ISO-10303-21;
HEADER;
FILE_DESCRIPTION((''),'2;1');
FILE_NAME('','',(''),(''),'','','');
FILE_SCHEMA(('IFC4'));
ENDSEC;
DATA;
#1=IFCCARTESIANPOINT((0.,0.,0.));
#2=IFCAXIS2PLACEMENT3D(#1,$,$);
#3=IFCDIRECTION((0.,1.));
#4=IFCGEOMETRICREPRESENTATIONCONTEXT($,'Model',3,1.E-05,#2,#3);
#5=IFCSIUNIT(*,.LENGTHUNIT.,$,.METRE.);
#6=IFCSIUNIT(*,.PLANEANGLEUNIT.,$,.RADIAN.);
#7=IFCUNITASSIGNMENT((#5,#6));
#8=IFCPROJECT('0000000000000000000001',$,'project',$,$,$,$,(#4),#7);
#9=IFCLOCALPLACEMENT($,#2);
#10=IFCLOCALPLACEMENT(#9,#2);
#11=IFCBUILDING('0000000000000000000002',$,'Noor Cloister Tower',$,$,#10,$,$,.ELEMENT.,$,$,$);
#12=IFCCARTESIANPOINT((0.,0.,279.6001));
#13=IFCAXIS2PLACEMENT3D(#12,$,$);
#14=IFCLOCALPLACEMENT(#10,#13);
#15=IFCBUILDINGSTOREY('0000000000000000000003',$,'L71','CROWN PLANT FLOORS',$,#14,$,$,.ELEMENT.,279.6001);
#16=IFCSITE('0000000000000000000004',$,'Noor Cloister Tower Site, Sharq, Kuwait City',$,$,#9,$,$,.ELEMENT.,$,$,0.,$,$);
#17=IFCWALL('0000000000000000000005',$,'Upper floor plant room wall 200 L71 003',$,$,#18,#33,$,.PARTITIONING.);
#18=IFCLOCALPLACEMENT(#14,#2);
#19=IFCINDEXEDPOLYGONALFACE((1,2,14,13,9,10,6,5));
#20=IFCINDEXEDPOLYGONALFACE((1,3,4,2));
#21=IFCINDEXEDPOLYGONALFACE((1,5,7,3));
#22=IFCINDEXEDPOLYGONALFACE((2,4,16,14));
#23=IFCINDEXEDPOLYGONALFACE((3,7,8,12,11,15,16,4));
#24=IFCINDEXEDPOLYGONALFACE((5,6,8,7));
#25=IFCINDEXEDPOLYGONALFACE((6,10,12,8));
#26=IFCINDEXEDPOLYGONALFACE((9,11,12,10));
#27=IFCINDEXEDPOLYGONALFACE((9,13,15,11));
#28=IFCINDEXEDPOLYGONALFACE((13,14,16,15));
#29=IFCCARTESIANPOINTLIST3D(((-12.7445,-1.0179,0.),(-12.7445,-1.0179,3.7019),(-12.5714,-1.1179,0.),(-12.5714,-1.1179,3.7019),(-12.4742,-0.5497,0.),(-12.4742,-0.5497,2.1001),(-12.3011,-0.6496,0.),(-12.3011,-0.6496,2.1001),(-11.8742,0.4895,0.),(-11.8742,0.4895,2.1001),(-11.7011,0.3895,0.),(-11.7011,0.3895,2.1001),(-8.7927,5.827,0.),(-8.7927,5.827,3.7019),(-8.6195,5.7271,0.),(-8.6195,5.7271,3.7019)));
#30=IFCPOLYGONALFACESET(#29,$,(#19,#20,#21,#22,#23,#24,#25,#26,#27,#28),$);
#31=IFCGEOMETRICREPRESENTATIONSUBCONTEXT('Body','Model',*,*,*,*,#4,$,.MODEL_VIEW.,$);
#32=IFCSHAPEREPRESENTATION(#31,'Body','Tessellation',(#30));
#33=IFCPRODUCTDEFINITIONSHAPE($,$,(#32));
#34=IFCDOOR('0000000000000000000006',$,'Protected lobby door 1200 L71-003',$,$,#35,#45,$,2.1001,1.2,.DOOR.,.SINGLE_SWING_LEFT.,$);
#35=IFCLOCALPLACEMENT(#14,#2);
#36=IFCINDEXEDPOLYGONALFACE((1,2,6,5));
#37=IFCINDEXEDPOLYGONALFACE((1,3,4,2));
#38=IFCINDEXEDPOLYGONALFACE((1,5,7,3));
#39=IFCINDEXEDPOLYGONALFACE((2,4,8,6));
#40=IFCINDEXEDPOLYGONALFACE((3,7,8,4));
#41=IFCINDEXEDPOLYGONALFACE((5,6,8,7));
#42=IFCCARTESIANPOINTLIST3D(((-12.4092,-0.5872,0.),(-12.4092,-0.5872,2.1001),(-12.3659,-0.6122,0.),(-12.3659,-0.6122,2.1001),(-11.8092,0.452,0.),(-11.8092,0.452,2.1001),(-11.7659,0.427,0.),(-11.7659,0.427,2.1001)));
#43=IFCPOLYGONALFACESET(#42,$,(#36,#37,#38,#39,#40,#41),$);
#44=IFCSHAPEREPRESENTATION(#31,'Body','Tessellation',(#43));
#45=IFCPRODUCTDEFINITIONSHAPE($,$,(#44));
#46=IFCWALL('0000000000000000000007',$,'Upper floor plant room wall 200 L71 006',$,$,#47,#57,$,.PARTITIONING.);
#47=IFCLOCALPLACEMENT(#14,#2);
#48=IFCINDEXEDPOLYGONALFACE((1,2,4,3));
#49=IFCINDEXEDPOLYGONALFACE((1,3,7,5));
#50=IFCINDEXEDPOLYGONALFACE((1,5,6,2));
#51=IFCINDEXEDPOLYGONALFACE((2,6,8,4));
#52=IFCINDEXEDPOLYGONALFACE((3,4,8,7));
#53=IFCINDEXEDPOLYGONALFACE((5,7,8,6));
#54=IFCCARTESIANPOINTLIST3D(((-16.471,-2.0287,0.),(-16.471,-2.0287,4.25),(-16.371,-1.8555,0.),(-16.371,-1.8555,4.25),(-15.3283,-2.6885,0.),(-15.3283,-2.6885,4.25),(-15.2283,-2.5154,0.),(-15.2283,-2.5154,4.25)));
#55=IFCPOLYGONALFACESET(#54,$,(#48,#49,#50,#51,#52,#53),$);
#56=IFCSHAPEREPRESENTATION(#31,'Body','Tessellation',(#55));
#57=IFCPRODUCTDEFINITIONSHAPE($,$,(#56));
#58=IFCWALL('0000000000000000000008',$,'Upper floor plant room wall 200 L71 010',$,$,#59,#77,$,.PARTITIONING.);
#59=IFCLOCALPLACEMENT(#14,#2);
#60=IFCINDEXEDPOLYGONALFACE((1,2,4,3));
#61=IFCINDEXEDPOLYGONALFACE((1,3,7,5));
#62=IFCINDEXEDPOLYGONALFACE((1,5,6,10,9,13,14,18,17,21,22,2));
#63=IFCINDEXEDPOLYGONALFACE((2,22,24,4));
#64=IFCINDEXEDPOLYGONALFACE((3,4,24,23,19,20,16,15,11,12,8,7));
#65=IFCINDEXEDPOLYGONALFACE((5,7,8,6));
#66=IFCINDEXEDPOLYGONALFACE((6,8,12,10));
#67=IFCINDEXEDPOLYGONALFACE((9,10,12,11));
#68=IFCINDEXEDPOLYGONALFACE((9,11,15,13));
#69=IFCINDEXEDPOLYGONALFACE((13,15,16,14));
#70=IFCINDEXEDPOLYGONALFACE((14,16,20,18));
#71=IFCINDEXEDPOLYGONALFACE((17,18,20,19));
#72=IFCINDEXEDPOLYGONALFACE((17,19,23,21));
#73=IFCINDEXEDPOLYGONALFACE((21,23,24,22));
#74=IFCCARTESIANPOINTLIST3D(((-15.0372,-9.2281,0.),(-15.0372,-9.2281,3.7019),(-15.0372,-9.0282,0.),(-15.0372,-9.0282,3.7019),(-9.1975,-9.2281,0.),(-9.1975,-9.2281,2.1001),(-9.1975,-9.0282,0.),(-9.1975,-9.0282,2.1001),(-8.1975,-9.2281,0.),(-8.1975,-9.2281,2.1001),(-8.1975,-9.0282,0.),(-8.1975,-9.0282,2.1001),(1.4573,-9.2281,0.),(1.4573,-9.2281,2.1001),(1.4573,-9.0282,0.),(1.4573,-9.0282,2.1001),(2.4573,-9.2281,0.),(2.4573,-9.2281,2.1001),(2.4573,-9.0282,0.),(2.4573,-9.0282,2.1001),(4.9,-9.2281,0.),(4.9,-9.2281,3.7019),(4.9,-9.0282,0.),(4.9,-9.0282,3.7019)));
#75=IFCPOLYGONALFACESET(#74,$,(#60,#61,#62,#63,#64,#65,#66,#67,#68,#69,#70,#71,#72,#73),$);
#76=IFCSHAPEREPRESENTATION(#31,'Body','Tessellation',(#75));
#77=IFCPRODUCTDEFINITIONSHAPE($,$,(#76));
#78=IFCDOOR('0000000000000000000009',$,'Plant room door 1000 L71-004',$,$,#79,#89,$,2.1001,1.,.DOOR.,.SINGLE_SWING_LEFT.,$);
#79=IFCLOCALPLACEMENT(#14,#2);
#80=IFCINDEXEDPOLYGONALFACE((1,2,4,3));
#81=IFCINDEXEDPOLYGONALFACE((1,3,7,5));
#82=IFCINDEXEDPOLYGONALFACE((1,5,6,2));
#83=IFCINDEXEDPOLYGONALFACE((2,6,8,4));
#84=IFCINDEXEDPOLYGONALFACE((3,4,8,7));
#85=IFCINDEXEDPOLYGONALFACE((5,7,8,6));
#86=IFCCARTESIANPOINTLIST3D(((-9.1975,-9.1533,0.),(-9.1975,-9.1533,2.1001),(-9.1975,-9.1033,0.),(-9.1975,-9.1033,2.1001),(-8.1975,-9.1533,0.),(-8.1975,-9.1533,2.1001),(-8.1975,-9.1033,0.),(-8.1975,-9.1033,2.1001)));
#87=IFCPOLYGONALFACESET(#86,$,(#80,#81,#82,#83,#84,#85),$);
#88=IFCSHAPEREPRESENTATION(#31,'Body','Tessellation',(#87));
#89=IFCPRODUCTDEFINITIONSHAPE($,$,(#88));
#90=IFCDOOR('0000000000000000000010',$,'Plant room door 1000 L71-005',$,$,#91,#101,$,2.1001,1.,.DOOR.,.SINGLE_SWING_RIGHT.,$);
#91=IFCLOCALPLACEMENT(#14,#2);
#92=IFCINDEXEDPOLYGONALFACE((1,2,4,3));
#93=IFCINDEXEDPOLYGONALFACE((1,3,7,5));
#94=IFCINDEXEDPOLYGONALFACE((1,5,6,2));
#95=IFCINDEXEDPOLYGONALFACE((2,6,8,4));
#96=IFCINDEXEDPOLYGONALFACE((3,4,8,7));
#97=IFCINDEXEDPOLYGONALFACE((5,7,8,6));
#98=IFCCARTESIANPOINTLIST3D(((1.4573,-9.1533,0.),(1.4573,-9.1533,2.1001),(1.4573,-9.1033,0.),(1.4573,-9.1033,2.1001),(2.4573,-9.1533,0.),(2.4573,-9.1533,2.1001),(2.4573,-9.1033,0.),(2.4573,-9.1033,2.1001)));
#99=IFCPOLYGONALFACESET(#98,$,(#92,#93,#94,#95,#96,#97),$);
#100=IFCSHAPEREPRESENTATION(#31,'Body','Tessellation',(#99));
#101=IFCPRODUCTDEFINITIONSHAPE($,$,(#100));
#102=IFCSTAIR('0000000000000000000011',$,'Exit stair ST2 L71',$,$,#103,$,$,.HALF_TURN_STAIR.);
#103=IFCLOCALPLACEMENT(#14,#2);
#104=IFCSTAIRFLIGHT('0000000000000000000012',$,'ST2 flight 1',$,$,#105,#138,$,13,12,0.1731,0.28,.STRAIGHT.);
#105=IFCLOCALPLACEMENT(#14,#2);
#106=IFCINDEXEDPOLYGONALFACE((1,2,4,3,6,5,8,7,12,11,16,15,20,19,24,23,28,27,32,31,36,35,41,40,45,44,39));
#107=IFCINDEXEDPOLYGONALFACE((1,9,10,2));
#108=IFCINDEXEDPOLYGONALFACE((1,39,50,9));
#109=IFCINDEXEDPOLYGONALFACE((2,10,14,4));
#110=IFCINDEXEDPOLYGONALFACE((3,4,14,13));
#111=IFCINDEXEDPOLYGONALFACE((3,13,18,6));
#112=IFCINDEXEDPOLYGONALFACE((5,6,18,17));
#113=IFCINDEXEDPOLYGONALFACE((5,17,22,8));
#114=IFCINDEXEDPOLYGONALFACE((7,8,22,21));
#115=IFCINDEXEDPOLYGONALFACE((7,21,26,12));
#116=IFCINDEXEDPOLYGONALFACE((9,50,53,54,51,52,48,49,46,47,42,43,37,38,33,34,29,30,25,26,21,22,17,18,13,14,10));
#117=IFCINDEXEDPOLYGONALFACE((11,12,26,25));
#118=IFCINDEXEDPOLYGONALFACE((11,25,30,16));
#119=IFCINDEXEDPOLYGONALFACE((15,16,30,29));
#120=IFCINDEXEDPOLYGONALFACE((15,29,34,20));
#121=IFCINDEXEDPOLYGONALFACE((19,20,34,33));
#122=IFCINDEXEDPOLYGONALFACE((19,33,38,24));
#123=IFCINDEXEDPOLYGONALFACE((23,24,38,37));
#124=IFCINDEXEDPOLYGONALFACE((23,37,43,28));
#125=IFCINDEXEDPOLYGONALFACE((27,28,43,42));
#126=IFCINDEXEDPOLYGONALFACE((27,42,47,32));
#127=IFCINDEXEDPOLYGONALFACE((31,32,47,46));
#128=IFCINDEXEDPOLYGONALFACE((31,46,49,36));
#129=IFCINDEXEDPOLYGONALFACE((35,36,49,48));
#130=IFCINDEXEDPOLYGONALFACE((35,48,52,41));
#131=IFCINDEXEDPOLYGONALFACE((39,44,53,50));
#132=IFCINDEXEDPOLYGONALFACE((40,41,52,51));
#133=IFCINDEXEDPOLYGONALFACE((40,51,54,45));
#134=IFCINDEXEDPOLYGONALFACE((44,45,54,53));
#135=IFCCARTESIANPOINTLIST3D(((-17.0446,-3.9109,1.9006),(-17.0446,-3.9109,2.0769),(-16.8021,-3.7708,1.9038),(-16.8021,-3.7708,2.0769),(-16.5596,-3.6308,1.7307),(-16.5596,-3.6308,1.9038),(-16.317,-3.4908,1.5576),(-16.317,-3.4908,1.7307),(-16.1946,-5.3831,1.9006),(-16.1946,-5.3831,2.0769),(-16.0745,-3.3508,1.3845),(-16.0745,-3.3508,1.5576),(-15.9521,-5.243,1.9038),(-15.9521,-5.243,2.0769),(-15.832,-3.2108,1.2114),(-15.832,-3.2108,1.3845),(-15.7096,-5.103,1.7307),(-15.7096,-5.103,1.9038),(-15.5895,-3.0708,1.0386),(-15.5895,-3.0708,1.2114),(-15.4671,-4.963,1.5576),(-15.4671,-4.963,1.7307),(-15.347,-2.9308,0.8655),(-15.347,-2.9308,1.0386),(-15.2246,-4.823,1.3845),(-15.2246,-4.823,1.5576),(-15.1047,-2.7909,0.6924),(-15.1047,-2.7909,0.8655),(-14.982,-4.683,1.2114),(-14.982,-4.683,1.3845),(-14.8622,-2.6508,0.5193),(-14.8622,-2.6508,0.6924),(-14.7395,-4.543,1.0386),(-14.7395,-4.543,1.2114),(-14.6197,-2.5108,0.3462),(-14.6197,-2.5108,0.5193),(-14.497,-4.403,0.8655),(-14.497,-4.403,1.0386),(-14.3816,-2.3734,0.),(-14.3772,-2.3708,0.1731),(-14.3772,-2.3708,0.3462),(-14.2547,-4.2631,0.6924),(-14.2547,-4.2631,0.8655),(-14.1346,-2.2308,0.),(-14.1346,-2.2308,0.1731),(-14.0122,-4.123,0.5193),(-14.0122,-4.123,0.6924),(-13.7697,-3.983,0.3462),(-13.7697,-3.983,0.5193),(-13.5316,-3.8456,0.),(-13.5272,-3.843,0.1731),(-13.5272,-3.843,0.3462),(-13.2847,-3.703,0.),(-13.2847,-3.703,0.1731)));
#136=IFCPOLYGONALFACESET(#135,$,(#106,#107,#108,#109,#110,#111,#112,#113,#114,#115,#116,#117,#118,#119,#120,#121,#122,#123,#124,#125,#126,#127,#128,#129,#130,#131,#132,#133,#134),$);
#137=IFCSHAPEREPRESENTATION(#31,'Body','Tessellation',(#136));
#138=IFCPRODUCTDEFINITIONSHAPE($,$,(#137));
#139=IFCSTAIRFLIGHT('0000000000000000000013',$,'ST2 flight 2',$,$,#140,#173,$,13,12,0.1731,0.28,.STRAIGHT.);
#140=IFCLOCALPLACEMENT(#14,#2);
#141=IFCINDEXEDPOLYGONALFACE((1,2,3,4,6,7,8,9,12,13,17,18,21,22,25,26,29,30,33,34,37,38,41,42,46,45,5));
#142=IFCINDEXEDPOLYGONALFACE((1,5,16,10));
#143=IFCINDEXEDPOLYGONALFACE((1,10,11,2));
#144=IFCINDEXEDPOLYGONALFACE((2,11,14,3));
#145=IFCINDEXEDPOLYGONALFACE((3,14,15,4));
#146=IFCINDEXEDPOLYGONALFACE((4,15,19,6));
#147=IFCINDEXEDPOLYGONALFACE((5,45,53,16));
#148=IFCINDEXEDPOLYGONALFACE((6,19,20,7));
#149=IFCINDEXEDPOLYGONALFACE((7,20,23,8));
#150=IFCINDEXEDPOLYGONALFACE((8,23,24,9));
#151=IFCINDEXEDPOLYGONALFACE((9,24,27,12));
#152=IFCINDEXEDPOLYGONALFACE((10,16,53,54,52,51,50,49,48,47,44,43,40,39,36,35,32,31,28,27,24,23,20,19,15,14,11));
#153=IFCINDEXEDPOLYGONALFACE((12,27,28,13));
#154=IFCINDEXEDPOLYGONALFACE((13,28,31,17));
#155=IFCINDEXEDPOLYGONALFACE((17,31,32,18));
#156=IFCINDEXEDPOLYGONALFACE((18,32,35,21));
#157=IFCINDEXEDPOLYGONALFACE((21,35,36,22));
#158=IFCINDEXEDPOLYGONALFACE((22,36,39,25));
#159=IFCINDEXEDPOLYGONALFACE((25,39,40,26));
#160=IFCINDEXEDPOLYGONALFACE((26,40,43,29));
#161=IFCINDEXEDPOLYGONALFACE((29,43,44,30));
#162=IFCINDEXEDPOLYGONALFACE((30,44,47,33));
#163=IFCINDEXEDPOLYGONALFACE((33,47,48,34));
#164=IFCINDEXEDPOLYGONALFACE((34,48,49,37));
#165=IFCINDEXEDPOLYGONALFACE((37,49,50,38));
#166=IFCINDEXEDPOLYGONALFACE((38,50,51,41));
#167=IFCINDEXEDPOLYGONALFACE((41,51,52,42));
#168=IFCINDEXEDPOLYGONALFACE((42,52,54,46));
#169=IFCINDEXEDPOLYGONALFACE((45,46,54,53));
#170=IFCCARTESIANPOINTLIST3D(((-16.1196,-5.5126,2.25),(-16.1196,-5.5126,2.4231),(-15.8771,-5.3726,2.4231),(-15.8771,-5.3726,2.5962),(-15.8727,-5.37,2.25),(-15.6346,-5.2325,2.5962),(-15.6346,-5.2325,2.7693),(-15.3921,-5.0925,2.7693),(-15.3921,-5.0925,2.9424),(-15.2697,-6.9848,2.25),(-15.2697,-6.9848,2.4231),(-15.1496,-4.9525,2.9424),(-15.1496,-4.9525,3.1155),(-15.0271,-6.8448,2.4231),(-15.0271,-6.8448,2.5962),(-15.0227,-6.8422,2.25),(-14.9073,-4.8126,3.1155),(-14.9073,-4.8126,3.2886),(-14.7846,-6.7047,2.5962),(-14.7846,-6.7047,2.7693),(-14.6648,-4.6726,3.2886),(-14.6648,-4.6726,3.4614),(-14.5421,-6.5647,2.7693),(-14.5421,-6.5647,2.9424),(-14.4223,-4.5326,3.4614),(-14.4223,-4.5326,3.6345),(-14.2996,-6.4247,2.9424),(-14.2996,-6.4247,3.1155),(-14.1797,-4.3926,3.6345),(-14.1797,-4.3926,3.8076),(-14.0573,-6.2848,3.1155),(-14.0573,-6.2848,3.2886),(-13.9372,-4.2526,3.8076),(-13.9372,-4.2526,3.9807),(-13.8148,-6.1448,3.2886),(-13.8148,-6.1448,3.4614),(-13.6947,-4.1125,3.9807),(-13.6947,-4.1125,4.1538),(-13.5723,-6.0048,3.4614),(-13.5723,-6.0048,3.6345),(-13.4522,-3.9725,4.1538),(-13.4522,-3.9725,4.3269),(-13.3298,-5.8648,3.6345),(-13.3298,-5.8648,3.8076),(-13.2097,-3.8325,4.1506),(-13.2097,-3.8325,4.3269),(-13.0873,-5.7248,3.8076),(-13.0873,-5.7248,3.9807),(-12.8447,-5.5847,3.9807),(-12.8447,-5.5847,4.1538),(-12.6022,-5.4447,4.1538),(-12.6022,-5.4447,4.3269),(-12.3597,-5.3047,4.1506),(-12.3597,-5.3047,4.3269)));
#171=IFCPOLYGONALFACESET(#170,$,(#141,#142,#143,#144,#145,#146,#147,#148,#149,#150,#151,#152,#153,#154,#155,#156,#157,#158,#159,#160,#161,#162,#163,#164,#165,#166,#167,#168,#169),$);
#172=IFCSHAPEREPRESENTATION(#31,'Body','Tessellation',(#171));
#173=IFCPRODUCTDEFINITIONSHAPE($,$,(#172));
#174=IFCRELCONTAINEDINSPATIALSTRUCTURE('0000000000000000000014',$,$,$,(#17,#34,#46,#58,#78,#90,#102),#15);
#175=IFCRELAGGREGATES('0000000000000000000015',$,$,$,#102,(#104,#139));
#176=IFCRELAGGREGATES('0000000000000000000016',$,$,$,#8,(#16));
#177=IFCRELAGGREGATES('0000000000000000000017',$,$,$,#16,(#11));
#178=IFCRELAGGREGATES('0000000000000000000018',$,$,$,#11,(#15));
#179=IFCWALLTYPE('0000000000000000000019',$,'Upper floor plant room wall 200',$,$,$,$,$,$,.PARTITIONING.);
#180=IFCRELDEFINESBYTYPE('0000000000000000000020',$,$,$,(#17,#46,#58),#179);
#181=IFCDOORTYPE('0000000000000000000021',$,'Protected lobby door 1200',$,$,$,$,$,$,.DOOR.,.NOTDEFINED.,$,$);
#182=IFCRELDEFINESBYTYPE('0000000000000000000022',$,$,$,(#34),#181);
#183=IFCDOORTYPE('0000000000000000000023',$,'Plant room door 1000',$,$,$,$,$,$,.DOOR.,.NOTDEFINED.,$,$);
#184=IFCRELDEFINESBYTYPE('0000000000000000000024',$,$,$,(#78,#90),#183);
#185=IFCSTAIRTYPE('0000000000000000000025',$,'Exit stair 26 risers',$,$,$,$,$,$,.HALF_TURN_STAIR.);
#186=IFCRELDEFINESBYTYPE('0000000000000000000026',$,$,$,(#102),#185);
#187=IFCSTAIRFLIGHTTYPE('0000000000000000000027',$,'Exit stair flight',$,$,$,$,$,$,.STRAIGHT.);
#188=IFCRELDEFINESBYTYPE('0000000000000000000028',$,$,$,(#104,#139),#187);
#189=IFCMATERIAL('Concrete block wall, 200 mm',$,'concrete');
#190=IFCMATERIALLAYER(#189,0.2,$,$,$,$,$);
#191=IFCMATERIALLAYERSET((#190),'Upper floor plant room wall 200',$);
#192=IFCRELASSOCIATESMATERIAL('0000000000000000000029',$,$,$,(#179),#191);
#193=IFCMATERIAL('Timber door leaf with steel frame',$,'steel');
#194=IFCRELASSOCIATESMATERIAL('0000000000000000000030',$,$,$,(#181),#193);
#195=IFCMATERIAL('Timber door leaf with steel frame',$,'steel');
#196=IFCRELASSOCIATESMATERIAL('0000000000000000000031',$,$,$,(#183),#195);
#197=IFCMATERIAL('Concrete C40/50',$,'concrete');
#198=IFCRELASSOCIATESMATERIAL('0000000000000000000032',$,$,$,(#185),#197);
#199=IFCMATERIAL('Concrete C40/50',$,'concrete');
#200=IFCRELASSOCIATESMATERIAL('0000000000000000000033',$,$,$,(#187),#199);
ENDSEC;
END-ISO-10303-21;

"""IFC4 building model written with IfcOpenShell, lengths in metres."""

from ifc_helpers import new_model, si_unit, direction, frame, frame_2d, origin, place, context, subcontext, project, spatial, polyline, rectangle, outline, extrude, material, layer, layer_set, type_object, element, fill, aggregate, save


model = new_model("IFC4")

# Units and contexts
model_context = context("Model", 3, precision=1e-05, world=origin(), true_north=direction((0.0, 1.0)))
body_context = subcontext(model_context, "Body", "Model", "MODEL_VIEW")
ifc_project = project(units=[si_unit("LENGTHUNIT", "METRE"), si_unit("PLANEANGLEUNIT", "RADIAN")], contexts=[model_context])

# Site, building, storey
site_placement = place(None, origin())
site = spatial("IfcSite", under=ifc_project, at=site_placement, Name="Noor Cloister Tower Site, Sharq, Kuwait City", CompositionType="ELEMENT", RefElevation=0.0)
building_placement = place(site_placement, origin())
building = spatial("IfcBuilding", under=site, at=building_placement, Name="Noor Cloister Tower", CompositionType="ELEMENT")
storey_placement = place(building_placement, frame((0.0, 0.0, 279.6001)))
storey = spatial("IfcBuildingStorey", under=building, at=storey_placement, Name="L71", Description="CROWN PLANT FLOORS", CompositionType="ELEMENT", Elevation=279.6001)

# Wall, opening, door
ifc_material_1 = material(Name="Concrete block wall, 200 mm", Category="concrete")
ifc_layer_1 = layer(ifc_material_1, 0.2)
ifc_layer_set_1 = layer_set([ifc_layer_1], Name="Upper floor plant room wall 200")
wall_type_1 = type_object("IfcWallType", Name="Upper floor plant room wall 200", PredefinedType="PARTITIONING", material=ifc_layer_set_1)
wall_1_placement = place(storey_placement, frame((-12.658, -1.0679, 0.0), z_axis=(0.0, 0.0, 1.0), x_axis=(0.499996, 0.866028, 0.0)))
wall_1 = element("IfcWall", 1, at=wall_1_placement, inside=storey, type_object=wall_type_1, Name="Upper floor plant room wall 200 L71 003", PredefinedType="PARTITIONING", context=body_context, shape_type="SweptSolid", body=[
    extrude(rectangle(XDim=7.9038, YDim=0.2, at=frame_2d((3.9519, 0.0))), origin(), (0.0, 0.0, 1.0), 3.7019),
])
opening_1_placement = place(wall_1_placement, frame((0.5405, 0.0, 0.0)))
opening_1 = element("IfcOpeningElement", 2, at=opening_1_placement, cuts=wall_1, PredefinedType="OPENING", context=body_context, shape_type="SweptSolid", body=[
    extrude(rectangle(XDim=1.2, YDim=2.1001, at=frame_2d((0.6001, 1.05))), frame((0.0, 0.1099, 0.0), z_axis=(0.0, -1.0, 0.0), x_axis=(1.0, 0.0, 0.0)), (0.0, 0.0, 1.0), 0.22),
])
ifc_material_2 = material(Name="Timber door leaf with steel frame", Category="steel")
door_type_1 = type_object("IfcDoorType", Name="Protected lobby door 1200", OperationType="NOTDEFINED", PredefinedType="DOOR", material=ifc_material_2)
door_1_placement = place(opening_1_placement, origin())
door_1 = element("IfcDoor", 3, at=door_1_placement, inside=storey, type_object=door_type_1, Name="Protected lobby door 1200 L71-003", OperationType="SINGLE_SWING_LEFT", OverallHeight=2.1001, OverallWidth=1.2, PredefinedType="DOOR", context=body_context, shape_type="SweptSolid", body=[
    extrude(rectangle(XDim=1.2, YDim=2.1001, at=frame_2d((0.6001, 1.05))), frame((0.0, 0.0249, 0.0), z_axis=(0.0, -1.0, 0.0), x_axis=(1.0, 0.0, 0.0)), (0.0, 0.0, 1.0), 0.05),
])
fill(opening_1, door_1)

# Wall
wall_2_placement = place(storey_placement, frame((-16.4209, -1.9421, 0.0), z_axis=(0.0, 0.0, 1.0), x_axis=(0.865991, -0.500059, 0.0)))
element("IfcWall", 4, at=wall_2_placement, inside=storey, type_object=wall_type_1, Name="Upper floor plant room wall 200 L71 006", PredefinedType="PARTITIONING", context=body_context, shape_type="SweptSolid", body=[
    extrude(rectangle(XDim=1.3196, YDim=0.2, at=frame_2d((0.6597, 0.0))), origin(), (0.0, 0.0, 1.0), 4.25),
])

# Wall, openings, doors
wall_3_placement = place(storey_placement, frame((-15.0374, -9.1282, 0.0), z_axis=(0.0, 0.0, 1.0), x_axis=(1.0, 0.0, 0.0)))
wall_3 = element("IfcWall", 5, at=wall_3_placement, inside=storey, type_object=wall_type_1, Name="Upper floor plant room wall 200 L71 010", PredefinedType="PARTITIONING", context=body_context, shape_type="SweptSolid", body=[
    extrude(rectangle(XDim=19.9373, YDim=0.2, at=frame_2d((9.9688, 0.0))), origin(), (0.0, 0.0, 1.0), 3.7019),
])
opening_2_placement = place(wall_3_placement, frame((5.8398, 0.0, 0.0)))
opening_2 = element("IfcOpeningElement", 6, at=opening_2_placement, cuts=wall_3, PredefinedType="OPENING", context=body_context, shape_type="SweptSolid", body=[
    extrude(rectangle(XDim=1.0, YDim=2.1001, at=frame_2d((0.5, 1.05))), frame((0.0, 0.1099, 0.0), z_axis=(0.0, -1.0, 0.0), x_axis=(1.0, 0.0, 0.0)), (0.0, 0.0, 1.0), 0.22),
])
opening_3_placement = place(wall_3_placement, frame((16.4946, 0.0, 0.0)))
opening_3 = element("IfcOpeningElement", 7, at=opening_3_placement, cuts=wall_3, PredefinedType="OPENING", context=body_context, shape_type="SweptSolid", body=[
    extrude(rectangle(XDim=1.0, YDim=2.1001, at=frame_2d((0.5, 1.05))), frame((0.0, 0.1099, 0.0), z_axis=(0.0, -1.0, 0.0), x_axis=(1.0, 0.0, 0.0)), (0.0, 0.0, 1.0), 0.22),
])
ifc_material_3 = material(Name="Timber door leaf with steel frame", Category="steel")
door_type_2 = type_object("IfcDoorType", Name="Plant room door 1000", OperationType="NOTDEFINED", PredefinedType="DOOR", material=ifc_material_3)
door_2_placement = place(opening_2_placement, origin())
door_2 = element("IfcDoor", 8, at=door_2_placement, inside=storey, type_object=door_type_2, Name="Plant room door 1000 L71-004", OperationType="SINGLE_SWING_LEFT", OverallHeight=2.1001, OverallWidth=1.0, PredefinedType="DOOR", context=body_context, shape_type="SweptSolid", body=[
    extrude(rectangle(XDim=1.0, YDim=2.1001, at=frame_2d((0.5, 1.05))), frame((0.0, 0.0249, 0.0), z_axis=(0.0, -1.0, 0.0), x_axis=(1.0, 0.0, 0.0)), (0.0, 0.0, 1.0), 0.05),
])
fill(opening_2, door_2)
door_3_placement = place(opening_3_placement, origin())
door_3 = element("IfcDoor", 9, at=door_3_placement, inside=storey, type_object=door_type_2, Name="Plant room door 1000 L71-005", OperationType="SINGLE_SWING_RIGHT", OverallHeight=2.1001, OverallWidth=1.0, PredefinedType="DOOR", context=body_context, shape_type="SweptSolid", body=[
    extrude(rectangle(XDim=1.0, YDim=2.1001, at=frame_2d((0.5, 1.05))), frame((0.0, 0.0249, 0.0), z_axis=(0.0, -1.0, 0.0), x_axis=(1.0, 0.0, 0.0)), (0.0, 0.0, 1.0), 0.05),
])
fill(opening_3, door_3)

# Stair, stair flights
ifc_material_4 = material(Name="Concrete C40/50", Category="concrete")
stair_type = type_object("IfcStairType", Name="Exit stair 26 risers", PredefinedType="HALF_TURN_STAIR", material=ifc_material_4)
stair_placement = place(storey_placement, origin())
stair = element("IfcStair", 10, at=stair_placement, inside=storey, type_object=stair_type, Name="Exit stair ST2 L71", PredefinedType="HALF_TURN_STAIR")
ifc_material_5 = material(Name="Concrete C40/50", Category="concrete")
stair_flight_type = type_object("IfcStairFlightType", Name="Exit stair flight", PredefinedType="STRAIGHT", material=ifc_material_5)
stair_flight_1_placement = place(storey_placement, frame((-13.7097, -2.9668, 0.0), z_axis=(0.0, 0.0, 1.0), x_axis=(-0.866025, -0.5, 0.0)))
stair_flight_1 = element("IfcStairFlight", 11, at=stair_flight_1_placement, type_object=stair_flight_type, Name="ST2 flight 1", NumberOfRisers=13, NumberOfTreads=12, PredefinedType="STRAIGHT", RiserHeight=0.1731, TreadLength=0.28, context=body_context, shape_type="SweptSolid", body=[
    extrude(outline(polyline([(0.0, 0.0), (0.0, 0.1731), (0.28, 0.1731), (0.28, 0.3462), (0.5601, 0.3462), (0.5601, 0.5193), (0.8401, 0.5193), (0.8401, 0.6924), (1.1201, 0.6924), (1.1201, 0.8655), (1.3999, 0.8655), (1.3999, 1.0386), (1.6799, 1.0386), (1.6799, 1.2114), (1.96, 1.2114), (1.96, 1.3845), (2.24, 1.3845), (2.24, 1.5576), (2.52, 1.5576), (2.52, 1.7307), (2.8, 1.7307), (2.8, 1.9038), (3.0801, 1.9038), (3.0801, 2.0769), (3.3601, 2.0769), (3.3601, 2.25), (3.3601, 1.9006), (0.2852, 0.0), (0.0, 0.0)])), frame((0.0, 0.8501, 0.0), z_axis=(0.0, -1.0, 0.0), x_axis=(1.0, 0.0, 0.0)), (0.0, 0.0, 1.0), 1.7),
])
stair_flight_2_placement = place(storey_placement, frame((-15.6946, -6.2488, 2.25), z_axis=(0.0, 0.0, 1.0), x_axis=(0.866025, 0.5, 0.0)))
stair_flight_2 = element("IfcStairFlight", 12, at=stair_flight_2_placement, type_object=stair_flight_type, Name="ST2 flight 2", NumberOfRisers=13, NumberOfTreads=12, PredefinedType="STRAIGHT", RiserHeight=0.1731, TreadLength=0.28, context=body_context, shape_type="SweptSolid", body=[
    extrude(outline(polyline([(0.0, 0.0), (0.0, 0.1731), (0.28, 0.1731), (0.28, 0.3462), (0.5601, 0.3462), (0.5601, 0.5193), (0.8401, 0.5193), (0.8401, 0.6924), (1.1201, 0.6924), (1.1201, 0.8655), (1.3999, 0.8655), (1.3999, 1.0386), (1.6799, 1.0386), (1.6799, 1.2114), (1.96, 1.2114), (1.96, 1.3845), (2.24, 1.3845), (2.24, 1.5576), (2.52, 1.5576), (2.52, 1.7307), (2.8, 1.7307), (2.8, 1.9038), (3.0801, 1.9038), (3.0801, 2.0769), (3.3601, 2.0769), (3.3601, 2.25), (3.3601, 1.9006), (0.2852, 0.0), (0.0, 0.0)])), frame((0.0, 0.8501, 0.0), z_axis=(0.0, -1.0, 0.0), x_axis=(1.0, 0.0, 0.0)), (0.0, 0.0, 1.0), 1.7),
])
aggregate(stair, [stair_flight_1, stair_flight_2])

save(model, "model.ifc")
